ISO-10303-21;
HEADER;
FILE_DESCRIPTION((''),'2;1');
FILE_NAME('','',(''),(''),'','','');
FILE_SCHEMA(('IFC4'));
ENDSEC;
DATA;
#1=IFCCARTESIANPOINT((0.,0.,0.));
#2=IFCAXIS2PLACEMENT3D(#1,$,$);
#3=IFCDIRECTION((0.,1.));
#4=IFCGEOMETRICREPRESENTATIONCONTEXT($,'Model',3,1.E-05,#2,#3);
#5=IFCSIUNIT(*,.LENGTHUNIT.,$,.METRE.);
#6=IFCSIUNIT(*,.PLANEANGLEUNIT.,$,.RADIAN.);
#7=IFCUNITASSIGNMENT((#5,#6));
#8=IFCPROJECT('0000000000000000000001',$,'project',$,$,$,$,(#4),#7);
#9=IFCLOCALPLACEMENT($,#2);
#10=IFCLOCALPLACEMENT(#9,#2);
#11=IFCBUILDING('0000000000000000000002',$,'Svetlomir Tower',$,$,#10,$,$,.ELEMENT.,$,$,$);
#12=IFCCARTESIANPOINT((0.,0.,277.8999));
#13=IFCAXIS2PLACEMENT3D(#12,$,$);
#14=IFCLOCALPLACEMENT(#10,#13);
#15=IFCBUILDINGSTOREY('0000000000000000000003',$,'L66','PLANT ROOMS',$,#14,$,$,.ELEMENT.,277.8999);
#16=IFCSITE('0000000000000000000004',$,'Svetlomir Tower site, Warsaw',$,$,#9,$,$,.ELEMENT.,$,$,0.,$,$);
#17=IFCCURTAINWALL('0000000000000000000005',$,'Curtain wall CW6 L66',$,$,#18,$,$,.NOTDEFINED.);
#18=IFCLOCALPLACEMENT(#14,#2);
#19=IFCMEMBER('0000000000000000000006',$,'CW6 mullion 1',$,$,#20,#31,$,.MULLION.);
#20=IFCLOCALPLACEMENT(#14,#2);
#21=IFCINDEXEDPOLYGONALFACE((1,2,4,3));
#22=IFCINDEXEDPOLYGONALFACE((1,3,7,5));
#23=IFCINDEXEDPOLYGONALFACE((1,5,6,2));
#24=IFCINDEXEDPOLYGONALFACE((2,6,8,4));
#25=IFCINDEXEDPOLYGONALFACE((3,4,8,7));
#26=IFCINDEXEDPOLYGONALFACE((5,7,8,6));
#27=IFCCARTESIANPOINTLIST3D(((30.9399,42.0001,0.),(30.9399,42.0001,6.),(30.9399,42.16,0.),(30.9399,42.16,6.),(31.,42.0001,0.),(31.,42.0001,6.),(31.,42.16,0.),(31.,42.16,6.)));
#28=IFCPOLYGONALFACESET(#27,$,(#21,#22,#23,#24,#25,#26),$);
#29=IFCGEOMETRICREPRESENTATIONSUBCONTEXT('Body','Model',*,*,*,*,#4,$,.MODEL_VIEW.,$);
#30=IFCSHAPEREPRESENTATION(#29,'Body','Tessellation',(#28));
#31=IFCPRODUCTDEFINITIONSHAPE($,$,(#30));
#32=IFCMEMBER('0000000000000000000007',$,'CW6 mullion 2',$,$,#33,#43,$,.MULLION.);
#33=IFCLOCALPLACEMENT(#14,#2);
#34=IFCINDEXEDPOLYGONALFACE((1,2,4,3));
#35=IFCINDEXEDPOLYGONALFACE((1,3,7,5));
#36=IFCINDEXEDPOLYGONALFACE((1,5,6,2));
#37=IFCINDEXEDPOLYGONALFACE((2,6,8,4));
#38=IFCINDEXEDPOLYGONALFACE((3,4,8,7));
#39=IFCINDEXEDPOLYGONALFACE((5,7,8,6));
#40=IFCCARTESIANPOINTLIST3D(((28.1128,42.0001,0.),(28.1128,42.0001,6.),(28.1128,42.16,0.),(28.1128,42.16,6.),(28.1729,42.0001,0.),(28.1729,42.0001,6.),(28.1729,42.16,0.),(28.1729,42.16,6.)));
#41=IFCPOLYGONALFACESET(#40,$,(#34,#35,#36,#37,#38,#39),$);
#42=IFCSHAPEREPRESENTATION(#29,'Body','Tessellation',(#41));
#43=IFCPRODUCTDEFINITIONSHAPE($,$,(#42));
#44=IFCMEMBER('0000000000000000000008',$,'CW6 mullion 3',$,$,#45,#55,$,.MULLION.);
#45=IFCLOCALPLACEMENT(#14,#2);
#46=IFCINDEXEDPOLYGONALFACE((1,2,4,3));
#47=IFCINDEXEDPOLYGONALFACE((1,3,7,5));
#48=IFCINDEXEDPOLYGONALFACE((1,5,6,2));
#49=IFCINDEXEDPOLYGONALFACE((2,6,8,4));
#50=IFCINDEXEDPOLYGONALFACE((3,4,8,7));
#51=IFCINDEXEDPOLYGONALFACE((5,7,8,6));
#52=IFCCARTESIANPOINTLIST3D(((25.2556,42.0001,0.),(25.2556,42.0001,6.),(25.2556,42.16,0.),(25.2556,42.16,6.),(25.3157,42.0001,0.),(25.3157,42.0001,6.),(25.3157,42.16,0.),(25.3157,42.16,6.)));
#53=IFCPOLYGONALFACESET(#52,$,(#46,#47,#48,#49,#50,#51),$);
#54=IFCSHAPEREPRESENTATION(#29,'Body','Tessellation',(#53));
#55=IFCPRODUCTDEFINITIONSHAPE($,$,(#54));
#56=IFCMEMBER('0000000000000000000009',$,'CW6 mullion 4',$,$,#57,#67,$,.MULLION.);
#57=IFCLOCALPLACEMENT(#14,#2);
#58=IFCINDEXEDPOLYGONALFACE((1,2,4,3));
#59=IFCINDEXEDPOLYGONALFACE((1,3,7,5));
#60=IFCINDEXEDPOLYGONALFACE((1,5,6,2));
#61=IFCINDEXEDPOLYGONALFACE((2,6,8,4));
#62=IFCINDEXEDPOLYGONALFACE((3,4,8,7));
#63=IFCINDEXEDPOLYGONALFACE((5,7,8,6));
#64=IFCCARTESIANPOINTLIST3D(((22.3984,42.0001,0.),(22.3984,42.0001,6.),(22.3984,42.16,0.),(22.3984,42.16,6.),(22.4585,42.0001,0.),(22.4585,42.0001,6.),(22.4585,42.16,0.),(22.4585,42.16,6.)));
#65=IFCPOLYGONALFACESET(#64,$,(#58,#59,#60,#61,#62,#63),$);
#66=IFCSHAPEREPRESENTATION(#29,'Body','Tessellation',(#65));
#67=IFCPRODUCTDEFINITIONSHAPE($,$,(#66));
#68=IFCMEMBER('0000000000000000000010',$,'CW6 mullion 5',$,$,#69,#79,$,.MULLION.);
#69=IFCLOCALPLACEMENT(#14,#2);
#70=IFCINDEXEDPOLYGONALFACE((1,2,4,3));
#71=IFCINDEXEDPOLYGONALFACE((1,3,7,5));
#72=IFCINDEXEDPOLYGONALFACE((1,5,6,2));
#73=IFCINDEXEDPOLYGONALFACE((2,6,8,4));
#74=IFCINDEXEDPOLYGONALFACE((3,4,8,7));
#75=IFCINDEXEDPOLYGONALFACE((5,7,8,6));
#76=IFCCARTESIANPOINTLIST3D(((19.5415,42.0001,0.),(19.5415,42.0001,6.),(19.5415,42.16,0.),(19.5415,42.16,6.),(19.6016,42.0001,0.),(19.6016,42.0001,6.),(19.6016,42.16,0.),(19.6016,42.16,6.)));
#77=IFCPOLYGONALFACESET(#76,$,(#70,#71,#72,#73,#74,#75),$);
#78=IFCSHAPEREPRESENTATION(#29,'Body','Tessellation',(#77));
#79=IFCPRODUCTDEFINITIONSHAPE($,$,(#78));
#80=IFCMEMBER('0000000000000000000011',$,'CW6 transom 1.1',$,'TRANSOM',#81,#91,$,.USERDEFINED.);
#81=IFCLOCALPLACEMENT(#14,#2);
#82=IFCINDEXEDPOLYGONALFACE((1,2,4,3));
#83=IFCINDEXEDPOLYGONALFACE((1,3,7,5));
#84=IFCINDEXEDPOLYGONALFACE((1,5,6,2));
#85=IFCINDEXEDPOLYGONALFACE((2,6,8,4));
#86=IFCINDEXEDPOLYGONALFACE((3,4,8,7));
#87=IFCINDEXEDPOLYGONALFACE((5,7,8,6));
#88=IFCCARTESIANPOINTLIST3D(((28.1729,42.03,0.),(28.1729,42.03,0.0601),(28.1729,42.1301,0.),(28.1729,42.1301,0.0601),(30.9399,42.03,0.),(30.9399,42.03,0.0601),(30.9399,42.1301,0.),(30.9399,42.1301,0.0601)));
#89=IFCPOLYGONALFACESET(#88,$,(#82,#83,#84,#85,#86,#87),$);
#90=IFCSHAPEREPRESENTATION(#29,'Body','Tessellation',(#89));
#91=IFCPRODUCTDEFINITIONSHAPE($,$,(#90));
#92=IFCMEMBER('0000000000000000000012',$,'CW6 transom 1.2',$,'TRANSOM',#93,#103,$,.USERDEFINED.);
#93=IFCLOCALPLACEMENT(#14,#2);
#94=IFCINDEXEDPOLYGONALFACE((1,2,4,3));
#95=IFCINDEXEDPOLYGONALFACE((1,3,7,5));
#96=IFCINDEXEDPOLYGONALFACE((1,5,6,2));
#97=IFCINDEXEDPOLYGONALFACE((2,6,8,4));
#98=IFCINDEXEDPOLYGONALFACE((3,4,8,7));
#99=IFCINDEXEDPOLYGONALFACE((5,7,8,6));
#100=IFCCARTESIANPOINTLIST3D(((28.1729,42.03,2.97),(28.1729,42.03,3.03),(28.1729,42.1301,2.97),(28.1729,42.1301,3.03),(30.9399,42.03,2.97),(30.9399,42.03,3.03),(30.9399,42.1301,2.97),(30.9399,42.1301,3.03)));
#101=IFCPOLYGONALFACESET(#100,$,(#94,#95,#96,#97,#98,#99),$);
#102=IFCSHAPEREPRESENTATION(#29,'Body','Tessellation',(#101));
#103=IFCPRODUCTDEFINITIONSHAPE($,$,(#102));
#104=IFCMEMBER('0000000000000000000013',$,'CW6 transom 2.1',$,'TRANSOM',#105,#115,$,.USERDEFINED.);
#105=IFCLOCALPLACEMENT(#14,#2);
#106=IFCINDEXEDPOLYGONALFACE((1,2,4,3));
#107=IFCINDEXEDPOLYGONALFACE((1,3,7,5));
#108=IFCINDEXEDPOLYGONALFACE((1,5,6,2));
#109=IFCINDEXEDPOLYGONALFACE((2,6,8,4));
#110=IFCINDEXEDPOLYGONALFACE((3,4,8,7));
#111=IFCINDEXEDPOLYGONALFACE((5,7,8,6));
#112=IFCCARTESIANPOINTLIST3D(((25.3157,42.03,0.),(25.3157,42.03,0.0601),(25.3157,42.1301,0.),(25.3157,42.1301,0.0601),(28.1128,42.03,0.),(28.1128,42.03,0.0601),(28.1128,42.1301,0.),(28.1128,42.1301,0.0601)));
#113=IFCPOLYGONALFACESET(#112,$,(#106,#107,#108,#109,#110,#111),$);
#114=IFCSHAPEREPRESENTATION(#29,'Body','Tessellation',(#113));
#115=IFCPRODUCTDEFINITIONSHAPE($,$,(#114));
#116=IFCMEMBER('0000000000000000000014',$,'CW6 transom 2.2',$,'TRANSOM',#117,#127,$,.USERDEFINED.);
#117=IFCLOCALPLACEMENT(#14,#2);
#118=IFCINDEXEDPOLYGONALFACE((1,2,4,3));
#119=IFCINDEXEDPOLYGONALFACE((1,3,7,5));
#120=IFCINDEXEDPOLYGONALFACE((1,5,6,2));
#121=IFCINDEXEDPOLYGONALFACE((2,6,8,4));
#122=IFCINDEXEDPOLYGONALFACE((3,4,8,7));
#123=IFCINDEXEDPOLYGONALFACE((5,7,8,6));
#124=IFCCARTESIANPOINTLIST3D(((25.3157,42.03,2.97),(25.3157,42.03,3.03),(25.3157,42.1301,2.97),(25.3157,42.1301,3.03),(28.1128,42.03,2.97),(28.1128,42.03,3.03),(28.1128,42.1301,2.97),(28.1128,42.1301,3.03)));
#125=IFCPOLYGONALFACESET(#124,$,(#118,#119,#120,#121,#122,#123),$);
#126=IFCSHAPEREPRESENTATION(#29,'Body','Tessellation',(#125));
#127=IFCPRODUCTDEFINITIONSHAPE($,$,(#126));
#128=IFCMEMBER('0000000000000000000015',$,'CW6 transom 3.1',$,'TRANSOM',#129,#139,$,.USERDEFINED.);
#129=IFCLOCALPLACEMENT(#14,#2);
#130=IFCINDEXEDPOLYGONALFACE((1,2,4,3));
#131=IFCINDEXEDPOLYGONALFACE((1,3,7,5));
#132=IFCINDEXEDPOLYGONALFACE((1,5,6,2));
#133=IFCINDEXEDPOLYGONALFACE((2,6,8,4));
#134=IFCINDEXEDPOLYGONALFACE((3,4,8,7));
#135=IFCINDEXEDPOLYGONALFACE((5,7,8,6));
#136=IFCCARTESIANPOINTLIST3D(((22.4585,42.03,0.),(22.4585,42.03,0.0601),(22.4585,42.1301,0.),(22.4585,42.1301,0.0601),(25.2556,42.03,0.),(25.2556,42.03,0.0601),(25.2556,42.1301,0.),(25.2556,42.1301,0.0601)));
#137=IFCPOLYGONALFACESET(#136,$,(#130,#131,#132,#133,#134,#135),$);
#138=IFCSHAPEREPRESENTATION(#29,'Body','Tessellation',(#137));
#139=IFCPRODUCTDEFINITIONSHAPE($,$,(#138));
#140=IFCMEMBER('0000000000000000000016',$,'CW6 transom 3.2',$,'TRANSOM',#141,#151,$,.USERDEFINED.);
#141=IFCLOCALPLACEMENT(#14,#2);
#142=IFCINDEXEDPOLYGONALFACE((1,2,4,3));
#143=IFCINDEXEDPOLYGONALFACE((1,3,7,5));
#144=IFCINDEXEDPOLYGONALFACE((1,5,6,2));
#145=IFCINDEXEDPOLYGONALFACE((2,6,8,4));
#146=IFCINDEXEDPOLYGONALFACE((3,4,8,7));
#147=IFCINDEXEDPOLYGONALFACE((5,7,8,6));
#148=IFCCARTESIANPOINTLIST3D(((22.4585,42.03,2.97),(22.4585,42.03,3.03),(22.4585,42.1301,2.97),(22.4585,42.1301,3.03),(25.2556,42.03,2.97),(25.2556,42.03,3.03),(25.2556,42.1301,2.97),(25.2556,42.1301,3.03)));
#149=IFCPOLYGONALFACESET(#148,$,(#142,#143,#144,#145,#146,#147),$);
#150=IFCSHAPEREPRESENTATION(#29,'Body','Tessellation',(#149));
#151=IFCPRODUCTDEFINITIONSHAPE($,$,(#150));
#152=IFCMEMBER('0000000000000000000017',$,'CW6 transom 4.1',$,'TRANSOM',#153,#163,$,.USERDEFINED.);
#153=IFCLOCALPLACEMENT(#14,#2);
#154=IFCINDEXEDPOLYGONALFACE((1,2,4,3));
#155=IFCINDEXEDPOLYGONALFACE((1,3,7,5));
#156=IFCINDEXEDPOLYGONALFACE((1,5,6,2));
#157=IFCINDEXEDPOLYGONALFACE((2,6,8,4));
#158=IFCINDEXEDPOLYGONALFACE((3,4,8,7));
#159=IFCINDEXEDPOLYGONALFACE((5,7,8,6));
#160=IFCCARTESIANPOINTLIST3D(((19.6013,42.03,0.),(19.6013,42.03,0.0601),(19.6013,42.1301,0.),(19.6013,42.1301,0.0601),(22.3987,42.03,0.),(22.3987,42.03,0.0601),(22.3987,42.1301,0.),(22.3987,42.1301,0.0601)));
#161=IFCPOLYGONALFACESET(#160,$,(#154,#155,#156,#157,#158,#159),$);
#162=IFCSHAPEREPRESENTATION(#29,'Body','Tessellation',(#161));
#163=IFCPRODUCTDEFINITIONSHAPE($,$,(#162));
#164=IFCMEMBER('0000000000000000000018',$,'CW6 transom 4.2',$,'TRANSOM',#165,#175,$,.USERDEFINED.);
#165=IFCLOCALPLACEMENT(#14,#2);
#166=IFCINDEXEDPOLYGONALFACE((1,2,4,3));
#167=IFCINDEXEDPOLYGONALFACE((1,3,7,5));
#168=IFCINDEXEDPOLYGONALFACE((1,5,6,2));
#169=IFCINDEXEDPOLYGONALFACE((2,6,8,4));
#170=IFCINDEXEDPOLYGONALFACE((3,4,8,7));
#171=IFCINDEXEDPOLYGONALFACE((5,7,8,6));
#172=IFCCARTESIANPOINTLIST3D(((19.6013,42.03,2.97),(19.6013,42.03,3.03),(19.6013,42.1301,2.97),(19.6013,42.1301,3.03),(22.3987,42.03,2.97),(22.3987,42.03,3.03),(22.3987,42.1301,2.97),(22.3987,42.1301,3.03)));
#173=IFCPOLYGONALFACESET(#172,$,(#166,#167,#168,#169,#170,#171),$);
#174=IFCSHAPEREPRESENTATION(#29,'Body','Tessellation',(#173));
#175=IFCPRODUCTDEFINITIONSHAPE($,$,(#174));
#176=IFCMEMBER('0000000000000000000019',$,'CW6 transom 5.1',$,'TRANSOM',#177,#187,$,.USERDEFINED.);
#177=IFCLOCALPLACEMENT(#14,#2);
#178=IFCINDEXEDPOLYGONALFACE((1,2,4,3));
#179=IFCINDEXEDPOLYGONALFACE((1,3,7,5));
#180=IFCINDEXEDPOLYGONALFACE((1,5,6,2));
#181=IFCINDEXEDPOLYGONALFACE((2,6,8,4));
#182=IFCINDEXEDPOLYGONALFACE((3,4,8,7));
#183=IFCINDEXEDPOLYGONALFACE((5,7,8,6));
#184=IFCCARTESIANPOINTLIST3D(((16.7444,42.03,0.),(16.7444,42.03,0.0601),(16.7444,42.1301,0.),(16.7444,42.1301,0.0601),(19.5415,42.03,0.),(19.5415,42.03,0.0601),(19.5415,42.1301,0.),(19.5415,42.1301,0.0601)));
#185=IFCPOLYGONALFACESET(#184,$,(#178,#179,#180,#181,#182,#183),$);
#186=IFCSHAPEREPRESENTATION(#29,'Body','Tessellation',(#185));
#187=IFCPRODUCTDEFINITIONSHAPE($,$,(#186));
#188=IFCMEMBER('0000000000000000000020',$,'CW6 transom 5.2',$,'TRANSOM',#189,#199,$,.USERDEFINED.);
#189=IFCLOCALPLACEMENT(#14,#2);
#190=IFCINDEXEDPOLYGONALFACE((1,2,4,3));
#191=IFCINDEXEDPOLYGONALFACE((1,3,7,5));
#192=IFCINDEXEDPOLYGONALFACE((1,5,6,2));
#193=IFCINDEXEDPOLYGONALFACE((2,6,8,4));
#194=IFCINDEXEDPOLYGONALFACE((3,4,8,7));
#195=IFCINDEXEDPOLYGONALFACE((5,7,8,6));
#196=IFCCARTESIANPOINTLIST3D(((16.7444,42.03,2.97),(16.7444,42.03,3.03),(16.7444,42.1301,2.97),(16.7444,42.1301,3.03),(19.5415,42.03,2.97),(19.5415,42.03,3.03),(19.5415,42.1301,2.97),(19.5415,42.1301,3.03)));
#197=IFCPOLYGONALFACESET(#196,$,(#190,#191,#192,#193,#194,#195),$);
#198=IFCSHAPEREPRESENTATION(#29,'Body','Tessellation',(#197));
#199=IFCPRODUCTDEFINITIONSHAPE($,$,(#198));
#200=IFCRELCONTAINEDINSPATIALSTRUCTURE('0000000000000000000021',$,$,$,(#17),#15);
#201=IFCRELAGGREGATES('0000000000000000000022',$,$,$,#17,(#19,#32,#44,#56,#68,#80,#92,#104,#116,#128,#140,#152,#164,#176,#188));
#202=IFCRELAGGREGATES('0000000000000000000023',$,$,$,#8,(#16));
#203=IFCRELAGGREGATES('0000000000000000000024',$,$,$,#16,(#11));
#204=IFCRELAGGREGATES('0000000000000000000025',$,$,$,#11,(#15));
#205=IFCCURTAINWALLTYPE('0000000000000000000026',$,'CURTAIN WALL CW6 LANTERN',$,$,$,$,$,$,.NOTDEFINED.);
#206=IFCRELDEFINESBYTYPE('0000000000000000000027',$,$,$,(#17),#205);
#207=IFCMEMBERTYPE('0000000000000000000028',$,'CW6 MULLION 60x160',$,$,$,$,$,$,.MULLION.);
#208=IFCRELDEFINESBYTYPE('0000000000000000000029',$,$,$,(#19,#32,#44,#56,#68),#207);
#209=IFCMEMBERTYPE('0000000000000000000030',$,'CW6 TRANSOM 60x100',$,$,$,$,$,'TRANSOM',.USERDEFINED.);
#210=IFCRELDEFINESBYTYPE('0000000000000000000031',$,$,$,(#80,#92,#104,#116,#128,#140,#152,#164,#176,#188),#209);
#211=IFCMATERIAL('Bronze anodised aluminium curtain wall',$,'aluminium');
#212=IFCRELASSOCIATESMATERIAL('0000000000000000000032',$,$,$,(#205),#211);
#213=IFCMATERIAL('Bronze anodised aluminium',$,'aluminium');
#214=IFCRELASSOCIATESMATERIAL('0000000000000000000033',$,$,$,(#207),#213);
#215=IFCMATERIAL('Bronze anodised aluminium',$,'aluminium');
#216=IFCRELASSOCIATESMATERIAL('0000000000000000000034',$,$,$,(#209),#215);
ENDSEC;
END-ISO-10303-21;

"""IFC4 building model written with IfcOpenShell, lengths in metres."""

from ifc_helpers import new_model, si_unit, direction, frame, origin, origin_2d, place, context, subcontext, project, spatial, rectangle, extrude, material, material_profile, profile_set, type_object, element, aggregate, save


model = new_model("IFC4")

# Units and contexts
model_context = context("Model", 3, precision=1e-05, world=origin(), true_north=direction((0.0, 1.0)))
body_context = subcontext(model_context, "Body", "Model", "MODEL_VIEW")
ifc_project = project(units=[si_unit("LENGTHUNIT", "METRE"), si_unit("PLANEANGLEUNIT", "RADIAN")], contexts=[model_context])

# Site, building, storey
site_placement = place(None, origin())
site = spatial("IfcSite", under=ifc_project, at=site_placement, Name="Svetlomir Tower site, Warsaw", CompositionType="ELEMENT", RefElevation=0.0)
building_placement = place(site_placement, origin())
building = spatial("IfcBuilding", under=site, at=building_placement, Name="Svetlomir Tower", CompositionType="ELEMENT")
storey_placement = place(building_placement, frame((0.0, 0.0, 277.8999)))
storey = spatial("IfcBuildingStorey", under=building, at=storey_placement, Name="L66", Description="PLANT ROOMS", CompositionType="ELEMENT", Elevation=277.8999)

# Curtain wall, members
ifc_material_1 = material(Name="Bronze anodised aluminium curtain wall", Category="aluminium")
curtain_wall_type = type_object("IfcCurtainWallType", Name="CURTAIN WALL CW6 LANTERN", PredefinedType="NOTDEFINED", material=ifc_material_1)
curtain_wall_placement = place(storey_placement, origin())
curtain_wall = element("IfcCurtainWall", 1, at=curtain_wall_placement, inside=storey, type_object=curtain_wall_type, Name="Curtain wall CW6 L66", PredefinedType="NOTDEFINED")
ifc_material_2 = material(Name="Bronze anodised aluminium", Category="aluminium")
ifc_material_profile_1 = material_profile(ifc_material_2, rectangle(XDim=0.0601, YDim=0.1599, at=origin_2d()), Name="AL 60x160")
ifc_profile_set_1 = profile_set([ifc_material_profile_1], Name="Bronze anodised aluminium 6063-T6")
member_type_1 = type_object("IfcMemberType", Name="CW6 MULLION 60x160", PredefinedType="MULLION", material=ifc_profile_set_1)
member_1_placement = place(storey_placement, frame((30.97, 42.0801, 0.0), z_axis=(0.0, 0.0, 1.0), x_axis=(-1.0, 0.0, 0.0)))
member_1 = element("IfcMember", 2, at=member_1_placement, type_object=member_type_1, Name="CW6 mullion 1", PredefinedType="MULLION", context=body_context, shape_type="SweptSolid", body=[
    extrude(rectangle(XDim=0.0601, YDim=0.1599, at=origin_2d()), origin(), (0.0, 0.0, 1.0), 6.0),
])
member_2_placement = place(storey_placement, frame((28.1428, 42.0801, 0.0), z_axis=(0.0, 0.0, 1.0), x_axis=(-1.0, 0.0, 0.0)))
member_2 = element("IfcMember", 3, at=member_2_placement, type_object=member_type_1, Name="CW6 mullion 2", PredefinedType="MULLION", context=body_context, shape_type="SweptSolid", body=[
    extrude(rectangle(XDim=0.0601, YDim=0.1599, at=origin_2d()), origin(), (0.0, 0.0, 1.0), 6.0),
])
member_3_placement = place(storey_placement, frame((25.2856, 42.0801, 0.0), z_axis=(0.0, 0.0, 1.0), x_axis=(-1.0, 0.0, 0.0)))
member_3 = element("IfcMember", 4, at=member_3_placement, type_object=member_type_1, Name="CW6 mullion 3", PredefinedType="MULLION", context=body_context, shape_type="SweptSolid", body=[
    extrude(rectangle(XDim=0.0601, YDim=0.1599, at=origin_2d()), origin(), (0.0, 0.0, 1.0), 6.0),
])
member_4_placement = place(storey_placement, frame((22.4285, 42.0801, 0.0), z_axis=(0.0, 0.0, 1.0), x_axis=(-1.0, 0.0, 0.0)))
member_4 = element("IfcMember", 5, at=member_4_placement, type_object=member_type_1, Name="CW6 mullion 4", PredefinedType="MULLION", context=body_context, shape_type="SweptSolid", body=[
    extrude(rectangle(XDim=0.0601, YDim=0.1599, at=origin_2d()), origin(), (0.0, 0.0, 1.0), 6.0),
])
member_5_placement = place(storey_placement, frame((19.5715, 42.0801, 0.0), z_axis=(0.0, 0.0, 1.0), x_axis=(-1.0, 0.0, 0.0)))
member_5 = element("IfcMember", 6, at=member_5_placement, type_object=member_type_1, Name="CW6 mullion 5", PredefinedType="MULLION", context=body_context, shape_type="SweptSolid", body=[
    extrude(rectangle(XDim=0.0601, YDim=0.1599, at=origin_2d()), origin(), (0.0, 0.0, 1.0), 6.0),
])
ifc_material_3 = material(Name="Bronze anodised aluminium", Category="aluminium")
ifc_material_profile_2 = material_profile(ifc_material_3, rectangle(XDim=0.1001, YDim=0.0601, at=origin_2d()), Name="AL 100x60")
ifc_profile_set_2 = profile_set([ifc_material_profile_2], Name="Bronze anodised aluminium 6063-T6")
member_type_2 = type_object("IfcMemberType", Name="CW6 TRANSOM 60x100", ElementType="TRANSOM", PredefinedType="USERDEFINED", material=ifc_profile_set_2)
member_6_placement = place(storey_placement, frame((30.9399, 42.0801, 0.03), z_axis=(-1.0, 0.0, 0.0), x_axis=(0.0, -1.0, 0.0)))
member_6 = element("IfcMember", 7, at=member_6_placement, type_object=member_type_2, Name="CW6 transom 1.1", ObjectType="TRANSOM", PredefinedType="USERDEFINED", context=body_context, shape_type="SweptSolid", body=[
    extrude(rectangle(XDim=0.1001, YDim=0.0601, at=origin_2d()), origin(), (0.0, 0.0, 1.0), 2.7671),
])
member_7_placement = place(storey_placement, frame((30.9399, 42.0801, 3.0), z_axis=(-1.0, 0.0, 0.0), x_axis=(0.0, -1.0, 0.0)))
member_7 = element("IfcMember", 8, at=member_7_placement, type_object=member_type_2, Name="CW6 transom 1.2", ObjectType="TRANSOM", PredefinedType="USERDEFINED", context=body_context, shape_type="SweptSolid", body=[
    extrude(rectangle(XDim=0.1001, YDim=0.0601, at=origin_2d()), origin(), (0.0, 0.0, 1.0), 2.7671),
])
member_8_placement = place(storey_placement, frame((28.1128, 42.0801, 0.03), z_axis=(-1.0, 0.0, 0.0), x_axis=(0.0, -1.0, 0.0)))
member_8 = element("IfcMember", 9, at=member_8_placement, type_object=member_type_2, Name="CW6 transom 2.1", ObjectType="TRANSOM", PredefinedType="USERDEFINED", context=body_context, shape_type="SweptSolid", body=[
    extrude(rectangle(XDim=0.1001, YDim=0.0601, at=origin_2d()), origin(), (0.0, 0.0, 1.0), 2.7971),
])
member_9_placement = place(storey_placement, frame((28.1128, 42.0801, 3.0), z_axis=(-1.0, 0.0, 0.0), x_axis=(0.0, -1.0, 0.0)))
member_9 = element("IfcMember", 10, at=member_9_placement, type_object=member_type_2, Name="CW6 transom 2.2", ObjectType="TRANSOM", PredefinedType="USERDEFINED", context=body_context, shape_type="SweptSolid", body=[
    extrude(rectangle(XDim=0.1001, YDim=0.0601, at=origin_2d()), origin(), (0.0, 0.0, 1.0), 2.7971),
])
member_10_placement = place(storey_placement, frame((25.2556, 42.0801, 0.03), z_axis=(-1.0, 0.0, 0.0), x_axis=(0.0, -1.0, 0.0)))
member_10 = element("IfcMember", 11, at=member_10_placement, type_object=member_type_2, Name="CW6 transom 3.1", ObjectType="TRANSOM", PredefinedType="USERDEFINED", context=body_context, shape_type="SweptSolid", body=[
    extrude(rectangle(XDim=0.1001, YDim=0.0601, at=origin_2d()), origin(), (0.0, 0.0, 1.0), 2.7971),
])
member_11_placement = place(storey_placement, frame((25.2556, 42.0801, 3.0), z_axis=(-1.0, 0.0, 0.0), x_axis=(0.0, -1.0, 0.0)))
member_11 = element("IfcMember", 12, at=member_11_placement, type_object=member_type_2, Name="CW6 transom 3.2", ObjectType="TRANSOM", PredefinedType="USERDEFINED", context=body_context, shape_type="SweptSolid", body=[
    extrude(rectangle(XDim=0.1001, YDim=0.0601, at=origin_2d()), origin(), (0.0, 0.0, 1.0), 2.7971),
])
member_12_placement = place(storey_placement, frame((22.3987, 42.0801, 0.03), z_axis=(-1.0, 0.0, 0.0), x_axis=(0.0, -1.0, 0.0)))
member_12 = element("IfcMember", 13, at=member_12_placement, type_object=member_type_2, Name="CW6 transom 4.1", ObjectType="TRANSOM", PredefinedType="USERDEFINED", context=body_context, shape_type="SweptSolid", body=[
    extrude(rectangle(XDim=0.1001, YDim=0.0601, at=origin_2d()), origin(), (0.0, 0.0, 1.0), 2.7974),
])
member_13_placement = place(storey_placement, frame((22.3987, 42.0801, 3.0), z_axis=(-1.0, 0.0, 0.0), x_axis=(0.0, -1.0, 0.0)))
member_13 = element("IfcMember", 14, at=member_13_placement, type_object=member_type_2, Name="CW6 transom 4.2", ObjectType="TRANSOM", PredefinedType="USERDEFINED", context=body_context, shape_type="SweptSolid", body=[
    extrude(rectangle(XDim=0.1001, YDim=0.0601, at=origin_2d()), origin(), (0.0, 0.0, 1.0), 2.7974),
])
member_14_placement = place(storey_placement, frame((19.5415, 42.0801, 0.03), z_axis=(-1.0, 0.0, 0.0), x_axis=(0.0, -1.0, 0.0)))
member_14 = element("IfcMember", 15, at=member_14_placement, type_object=member_type_2, Name="CW6 transom 5.1", ObjectType="TRANSOM", PredefinedType="USERDEFINED", context=body_context, shape_type="SweptSolid", body=[
    extrude(rectangle(XDim=0.1001, YDim=0.0601, at=origin_2d()), origin(), (0.0, 0.0, 1.0), 2.7971),
])
member_15_placement = place(storey_placement, frame((19.5415, 42.0801, 3.0), z_axis=(-1.0, 0.0, 0.0), x_axis=(0.0, -1.0, 0.0)))
member_15 = element("IfcMember", 16, at=member_15_placement, type_object=member_type_2, Name="CW6 transom 5.2", ObjectType="TRANSOM", PredefinedType="USERDEFINED", context=body_context, shape_type="SweptSolid", body=[
    extrude(rectangle(XDim=0.1001, YDim=0.0601, at=origin_2d()), origin(), (0.0, 0.0, 1.0), 2.7971),
])

aggregate(curtain_wall, [member_1, member_2, member_3, member_4, member_5, member_6, member_7, member_8, member_9, member_10, member_11, member_12, member_13, member_14, member_15])

save(model, "model.ifc")
